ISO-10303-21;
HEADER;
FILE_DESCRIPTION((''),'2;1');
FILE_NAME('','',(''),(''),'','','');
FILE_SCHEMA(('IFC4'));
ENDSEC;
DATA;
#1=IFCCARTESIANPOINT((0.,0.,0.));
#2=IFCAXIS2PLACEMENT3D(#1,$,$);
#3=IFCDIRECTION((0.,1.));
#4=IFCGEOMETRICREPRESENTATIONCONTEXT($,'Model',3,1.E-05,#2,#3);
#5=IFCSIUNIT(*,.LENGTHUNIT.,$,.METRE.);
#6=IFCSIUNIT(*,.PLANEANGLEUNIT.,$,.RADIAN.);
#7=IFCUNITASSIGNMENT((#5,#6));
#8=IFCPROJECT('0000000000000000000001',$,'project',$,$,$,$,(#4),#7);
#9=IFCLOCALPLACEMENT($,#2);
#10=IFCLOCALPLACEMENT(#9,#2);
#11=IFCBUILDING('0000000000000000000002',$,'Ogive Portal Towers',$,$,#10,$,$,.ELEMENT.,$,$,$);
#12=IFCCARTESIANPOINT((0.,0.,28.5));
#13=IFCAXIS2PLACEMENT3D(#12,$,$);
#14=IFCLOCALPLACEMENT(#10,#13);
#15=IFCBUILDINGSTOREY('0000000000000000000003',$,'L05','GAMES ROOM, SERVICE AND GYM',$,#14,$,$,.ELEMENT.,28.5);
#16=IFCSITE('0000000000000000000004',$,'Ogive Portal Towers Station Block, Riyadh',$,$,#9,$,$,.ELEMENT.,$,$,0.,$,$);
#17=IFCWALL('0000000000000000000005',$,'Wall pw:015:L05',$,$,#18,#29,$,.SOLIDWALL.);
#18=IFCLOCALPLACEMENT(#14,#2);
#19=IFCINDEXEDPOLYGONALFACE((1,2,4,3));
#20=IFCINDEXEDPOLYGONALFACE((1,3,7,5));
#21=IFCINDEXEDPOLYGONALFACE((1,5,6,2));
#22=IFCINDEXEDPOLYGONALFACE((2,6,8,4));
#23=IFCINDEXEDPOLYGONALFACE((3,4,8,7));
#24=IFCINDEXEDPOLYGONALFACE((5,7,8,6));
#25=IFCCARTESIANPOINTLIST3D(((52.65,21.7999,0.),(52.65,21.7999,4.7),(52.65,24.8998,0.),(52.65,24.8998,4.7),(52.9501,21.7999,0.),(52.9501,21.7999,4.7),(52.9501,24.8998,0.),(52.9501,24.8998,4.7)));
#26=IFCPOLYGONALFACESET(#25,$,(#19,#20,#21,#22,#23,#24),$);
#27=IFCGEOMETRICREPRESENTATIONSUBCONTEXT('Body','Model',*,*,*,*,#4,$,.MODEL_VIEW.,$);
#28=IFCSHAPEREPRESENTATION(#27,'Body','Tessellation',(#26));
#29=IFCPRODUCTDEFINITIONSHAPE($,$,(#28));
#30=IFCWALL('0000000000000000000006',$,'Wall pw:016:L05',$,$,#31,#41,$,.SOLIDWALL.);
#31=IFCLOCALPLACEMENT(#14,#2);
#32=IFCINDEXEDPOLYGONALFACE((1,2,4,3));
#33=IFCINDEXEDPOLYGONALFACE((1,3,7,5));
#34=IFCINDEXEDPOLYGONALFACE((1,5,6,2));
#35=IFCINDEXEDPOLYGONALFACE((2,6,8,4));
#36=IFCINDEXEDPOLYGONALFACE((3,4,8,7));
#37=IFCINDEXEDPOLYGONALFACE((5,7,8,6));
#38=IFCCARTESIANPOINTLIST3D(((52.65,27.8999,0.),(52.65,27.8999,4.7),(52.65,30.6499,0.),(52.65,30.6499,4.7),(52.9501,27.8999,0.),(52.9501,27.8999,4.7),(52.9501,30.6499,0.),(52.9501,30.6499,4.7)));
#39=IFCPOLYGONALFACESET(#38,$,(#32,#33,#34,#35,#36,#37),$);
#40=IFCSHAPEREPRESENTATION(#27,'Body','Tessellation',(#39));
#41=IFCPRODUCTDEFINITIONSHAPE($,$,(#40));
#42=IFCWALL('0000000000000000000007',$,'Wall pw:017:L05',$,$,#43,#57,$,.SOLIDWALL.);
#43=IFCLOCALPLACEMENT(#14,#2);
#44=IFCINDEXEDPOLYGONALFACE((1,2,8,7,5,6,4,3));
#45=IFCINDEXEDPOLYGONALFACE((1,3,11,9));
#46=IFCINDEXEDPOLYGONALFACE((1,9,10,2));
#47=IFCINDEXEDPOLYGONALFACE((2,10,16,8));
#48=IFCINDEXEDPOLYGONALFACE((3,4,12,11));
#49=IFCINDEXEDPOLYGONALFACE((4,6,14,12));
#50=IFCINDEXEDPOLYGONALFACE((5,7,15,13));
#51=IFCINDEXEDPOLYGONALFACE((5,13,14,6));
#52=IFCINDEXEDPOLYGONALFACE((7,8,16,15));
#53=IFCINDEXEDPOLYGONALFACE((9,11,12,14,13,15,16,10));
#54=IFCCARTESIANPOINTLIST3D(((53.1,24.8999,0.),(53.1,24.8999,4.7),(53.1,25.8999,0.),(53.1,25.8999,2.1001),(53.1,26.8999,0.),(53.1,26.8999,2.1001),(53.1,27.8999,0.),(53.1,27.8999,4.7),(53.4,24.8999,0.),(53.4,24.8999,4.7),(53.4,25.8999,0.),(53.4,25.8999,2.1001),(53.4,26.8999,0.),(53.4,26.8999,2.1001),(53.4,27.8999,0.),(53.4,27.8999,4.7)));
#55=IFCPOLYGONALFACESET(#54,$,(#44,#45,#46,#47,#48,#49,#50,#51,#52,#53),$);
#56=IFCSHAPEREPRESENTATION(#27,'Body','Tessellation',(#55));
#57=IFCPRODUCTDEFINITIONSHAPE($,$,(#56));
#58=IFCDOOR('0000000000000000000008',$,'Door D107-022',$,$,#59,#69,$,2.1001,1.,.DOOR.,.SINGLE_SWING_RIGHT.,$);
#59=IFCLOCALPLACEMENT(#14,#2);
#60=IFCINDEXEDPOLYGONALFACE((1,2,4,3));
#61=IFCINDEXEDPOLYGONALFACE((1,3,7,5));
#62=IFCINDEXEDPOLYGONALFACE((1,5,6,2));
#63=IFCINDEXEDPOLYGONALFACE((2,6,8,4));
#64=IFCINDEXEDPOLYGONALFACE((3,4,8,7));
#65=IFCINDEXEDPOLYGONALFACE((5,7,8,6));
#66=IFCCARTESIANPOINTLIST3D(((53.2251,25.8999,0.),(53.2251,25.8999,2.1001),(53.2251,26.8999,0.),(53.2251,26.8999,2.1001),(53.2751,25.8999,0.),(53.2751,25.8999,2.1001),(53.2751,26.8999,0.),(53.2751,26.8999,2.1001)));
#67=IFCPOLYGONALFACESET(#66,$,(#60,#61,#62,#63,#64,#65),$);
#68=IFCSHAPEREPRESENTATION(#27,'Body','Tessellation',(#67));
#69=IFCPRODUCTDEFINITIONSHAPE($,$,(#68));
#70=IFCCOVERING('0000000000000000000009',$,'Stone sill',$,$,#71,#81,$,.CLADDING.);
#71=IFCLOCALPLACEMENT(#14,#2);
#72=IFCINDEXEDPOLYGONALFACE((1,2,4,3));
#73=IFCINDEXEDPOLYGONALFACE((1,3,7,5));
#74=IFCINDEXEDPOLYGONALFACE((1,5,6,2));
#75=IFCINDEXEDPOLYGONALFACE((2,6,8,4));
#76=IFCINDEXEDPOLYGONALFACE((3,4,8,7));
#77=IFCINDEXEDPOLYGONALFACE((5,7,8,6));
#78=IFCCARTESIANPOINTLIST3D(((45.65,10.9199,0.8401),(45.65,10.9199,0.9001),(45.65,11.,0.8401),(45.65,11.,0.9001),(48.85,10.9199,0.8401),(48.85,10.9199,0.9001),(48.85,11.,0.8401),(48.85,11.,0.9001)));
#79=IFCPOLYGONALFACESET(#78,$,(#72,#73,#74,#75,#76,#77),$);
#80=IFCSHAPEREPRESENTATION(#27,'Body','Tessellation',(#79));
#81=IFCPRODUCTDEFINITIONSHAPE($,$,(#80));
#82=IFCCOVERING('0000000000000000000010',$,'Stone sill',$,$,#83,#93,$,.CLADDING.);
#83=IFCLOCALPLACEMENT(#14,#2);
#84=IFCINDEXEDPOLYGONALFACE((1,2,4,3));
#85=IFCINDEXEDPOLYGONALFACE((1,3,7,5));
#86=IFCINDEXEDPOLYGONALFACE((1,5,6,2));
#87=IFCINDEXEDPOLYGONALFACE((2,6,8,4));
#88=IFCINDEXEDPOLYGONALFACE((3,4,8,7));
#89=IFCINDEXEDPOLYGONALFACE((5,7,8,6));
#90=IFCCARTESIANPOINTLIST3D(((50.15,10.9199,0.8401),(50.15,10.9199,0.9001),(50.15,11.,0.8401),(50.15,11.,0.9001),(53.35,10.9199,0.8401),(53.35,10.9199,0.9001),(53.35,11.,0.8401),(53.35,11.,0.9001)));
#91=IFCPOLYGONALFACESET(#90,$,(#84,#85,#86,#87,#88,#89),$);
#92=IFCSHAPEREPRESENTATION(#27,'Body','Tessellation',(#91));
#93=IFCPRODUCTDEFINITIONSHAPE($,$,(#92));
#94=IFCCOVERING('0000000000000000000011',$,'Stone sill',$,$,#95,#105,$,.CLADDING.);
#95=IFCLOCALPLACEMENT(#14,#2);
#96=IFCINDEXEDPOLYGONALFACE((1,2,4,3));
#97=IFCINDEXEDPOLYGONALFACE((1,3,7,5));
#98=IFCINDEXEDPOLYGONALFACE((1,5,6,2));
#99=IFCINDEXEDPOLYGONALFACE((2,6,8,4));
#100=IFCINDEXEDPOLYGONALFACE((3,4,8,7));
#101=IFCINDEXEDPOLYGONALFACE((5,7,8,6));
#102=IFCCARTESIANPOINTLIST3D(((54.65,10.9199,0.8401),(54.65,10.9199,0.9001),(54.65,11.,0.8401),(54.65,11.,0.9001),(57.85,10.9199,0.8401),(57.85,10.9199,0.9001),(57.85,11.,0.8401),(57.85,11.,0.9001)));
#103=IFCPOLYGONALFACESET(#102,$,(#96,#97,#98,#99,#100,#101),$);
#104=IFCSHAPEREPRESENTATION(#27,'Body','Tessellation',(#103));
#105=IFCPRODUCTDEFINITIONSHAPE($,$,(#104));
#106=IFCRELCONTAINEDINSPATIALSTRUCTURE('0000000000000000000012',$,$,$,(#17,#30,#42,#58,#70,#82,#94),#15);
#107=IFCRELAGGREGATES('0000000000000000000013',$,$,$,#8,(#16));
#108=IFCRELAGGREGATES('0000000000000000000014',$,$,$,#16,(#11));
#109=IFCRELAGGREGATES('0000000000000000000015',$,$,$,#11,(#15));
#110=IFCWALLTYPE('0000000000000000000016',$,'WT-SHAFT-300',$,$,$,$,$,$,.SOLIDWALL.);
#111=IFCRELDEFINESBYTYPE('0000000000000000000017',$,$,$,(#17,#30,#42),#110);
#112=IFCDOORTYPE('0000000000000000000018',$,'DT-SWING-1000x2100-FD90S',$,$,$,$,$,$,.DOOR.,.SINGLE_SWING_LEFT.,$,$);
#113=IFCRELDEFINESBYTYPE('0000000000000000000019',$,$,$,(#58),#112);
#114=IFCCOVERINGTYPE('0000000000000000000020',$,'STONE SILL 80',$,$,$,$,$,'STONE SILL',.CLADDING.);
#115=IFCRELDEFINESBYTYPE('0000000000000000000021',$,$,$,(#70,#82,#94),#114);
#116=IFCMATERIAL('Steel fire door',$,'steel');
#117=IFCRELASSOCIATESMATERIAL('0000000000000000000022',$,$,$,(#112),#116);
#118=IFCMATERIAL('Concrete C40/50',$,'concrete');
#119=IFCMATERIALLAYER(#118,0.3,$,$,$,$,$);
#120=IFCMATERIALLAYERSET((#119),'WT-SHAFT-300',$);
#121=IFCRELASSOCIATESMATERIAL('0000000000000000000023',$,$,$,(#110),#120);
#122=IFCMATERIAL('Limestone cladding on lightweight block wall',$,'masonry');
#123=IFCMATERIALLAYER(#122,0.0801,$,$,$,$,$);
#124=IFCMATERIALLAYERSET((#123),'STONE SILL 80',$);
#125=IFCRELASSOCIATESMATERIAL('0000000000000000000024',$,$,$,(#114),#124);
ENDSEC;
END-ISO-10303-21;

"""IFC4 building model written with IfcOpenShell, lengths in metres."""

from ifc_helpers import new_model, si_unit, direction, frame, frame_2d, origin, origin_2d, place, context, subcontext, project, spatial, rectangle, extrude, material, layer, layer_set, type_object, element, fill, save


model = new_model("IFC4")

# Units and contexts
model_context = context("Model", 3, precision=1e-05, world=origin(), true_north=direction((0.0, 1.0)))
body_context = subcontext(model_context, "Body", "Model", "MODEL_VIEW")
ifc_project = project(units=[si_unit("LENGTHUNIT", "METRE"), si_unit("PLANEANGLEUNIT", "RADIAN")], contexts=[model_context])

# Site, building, storey
site_placement = place(None, origin())
site = spatial("IfcSite", under=ifc_project, at=site_placement, Name="Ogive Portal Towers Station Block, Riyadh", CompositionType="ELEMENT", RefElevation=0.0)
building_placement = place(site_placement, origin())
building = spatial("IfcBuilding", under=site, at=building_placement, Name="Ogive Portal Towers", CompositionType="ELEMENT")
storey_placement = place(building_placement, frame((0.0, 0.0, 28.5)))
storey = spatial("IfcBuildingStorey", under=building, at=storey_placement, Name="L05", Description="GAMES ROOM, SERVICE AND GYM", CompositionType="ELEMENT", Elevation=28.5)

# Shared definitions
ifc_material_1 = material(Name="Steel fire door", Category="steel")
door_type_1 = type_object("IfcDoorType", Name="DT-SWING-1000x2100-FD90S", OperationType="SINGLE_SWING_LEFT", PredefinedType="DOOR", material=ifc_material_1)

# Shared definitions
ifc_material_2 = material(Name="Concrete C40/50", Category="concrete")
ifc_layer_1 = layer(ifc_material_2, 0.3)
ifc_layer_set_1 = layer_set([ifc_layer_1], Name="WT-SHAFT-300")
wall_type_1 = type_object("IfcWallType", Name="WT-SHAFT-300", PredefinedType="SOLIDWALL", material=ifc_layer_set_1)

# Walls
wall_1_placement = place(storey_placement, frame((52.8, 21.8, 0.0), z_axis=(0.0, 0.0, 1.0), x_axis=(0.0, 1.0, 0.0)))
element("IfcWall", 1, at=wall_1_placement, inside=storey, type_object=wall_type_1, Name="Wall pw:015:L05", PredefinedType="SOLIDWALL", context=body_context, shape_type="SweptSolid", body=[
    extrude(rectangle(XDim=3.0999, YDim=0.3, at=frame_2d((1.5498, 0.0))), origin(), (0.0, 0.0, 1.0), 4.7),
])
wall_2_placement = place(storey_placement, frame((52.8, 27.8999, 0.0), z_axis=(0.0, 0.0, 1.0), x_axis=(0.0, 1.0, 0.0)))
element("IfcWall", 2, at=wall_2_placement, inside=storey, type_object=wall_type_1, Name="Wall pw:016:L05", PredefinedType="SOLIDWALL", context=body_context, shape_type="SweptSolid", body=[
    extrude(rectangle(XDim=2.75, YDim=0.3, at=frame_2d((1.375, 0.0))), origin(), (0.0, 0.0, 1.0), 4.7),
])

# Wall, opening, door
wall_3_placement = place(storey_placement, frame((53.25, 24.8999, 0.0), z_axis=(0.0, 0.0, 1.0), x_axis=(0.0, 1.0, 0.0)))
wall_3 = element("IfcWall", 3, at=wall_3_placement, inside=storey, type_object=wall_type_1, Name="Wall pw:017:L05", PredefinedType="SOLIDWALL", context=body_context, shape_type="SweptSolid", body=[
    extrude(rectangle(XDim=3.0, YDim=0.3, at=frame_2d((1.5, 0.0))), origin(), (0.0, 0.0, 1.0), 4.7),
])
opening_1_placement = place(wall_3_placement, frame((1.0, 0.0, 0.0)))
opening_1 = element("IfcOpeningElement", 4, at=opening_1_placement, cuts=wall_3, PredefinedType="OPENING", context=body_context, shape_type="SweptSolid", body=[
    extrude(rectangle(XDim=1.0, YDim=2.1001, at=frame_2d((0.5, 1.05))), frame((0.0, 0.1602, 0.0), z_axis=(0.0, -1.0, 0.0), x_axis=(1.0, 0.0, 0.0)), (0.0, 0.0, 1.0), 0.3201),
])
door_1_placement = place(opening_1_placement, origin())
door_1 = element("IfcDoor", 5, at=door_1_placement, inside=storey, type_object=door_type_1, Name="Door D107-022", OperationType="SINGLE_SWING_RIGHT", OverallHeight=2.1001, OverallWidth=1.0, PredefinedType="DOOR", context=body_context, shape_type="SweptSolid", body=[
    extrude(rectangle(XDim=1.0, YDim=2.1001, at=frame_2d((0.5, 1.05))), frame((0.0, 0.0249, 0.0), z_axis=(0.0, -1.0, 0.0), x_axis=(1.0, 0.0, 0.0)), (0.0, 0.0, 1.0), 0.05),
])
fill(opening_1, door_1)

# Coverings
ifc_material_3 = material(Name="Limestone cladding on lightweight block wall", Category="masonry")
ifc_layer_2 = layer(ifc_material_3, 0.0801)
ifc_layer_set_2 = layer_set([ifc_layer_2], Name="STONE SILL 80")
covering_type = type_object("IfcCoveringType", Name="STONE SILL 80", ElementType="STONE SILL", PredefinedType="CLADDING", material=ifc_layer_set_2)
for number, where, z_axis, x_axis, name in (
    (6, (47.25, 10.96, 0.8401), (0.0, 0.0, 1.0), (1.0, 0.0, 0.0), "Stone sill"),
    (7, (51.75, 10.96, 0.8401), (0.0, 0.0, 1.0), (1.0, 0.0, 0.0), "Stone sill"),
    (8, (56.25, 10.96, 0.8401), (0.0, 0.0, 1.0), (1.0, 0.0, 0.0), "Stone sill"),
):
    element("IfcCovering", number, at=place(storey_placement, frame(where, z_axis=z_axis, x_axis=x_axis)), inside=storey, type_object=covering_type, Name=name, PredefinedType="CLADDING", context=body_context, shape_type="SweptSolid", body=[
        extrude(rectangle(XDim=3.2, YDim=0.0801, at=origin_2d()), origin(), (0.0, 0.0, 1.0), 0.0601),
    ])

save(model, "model.ifc")
